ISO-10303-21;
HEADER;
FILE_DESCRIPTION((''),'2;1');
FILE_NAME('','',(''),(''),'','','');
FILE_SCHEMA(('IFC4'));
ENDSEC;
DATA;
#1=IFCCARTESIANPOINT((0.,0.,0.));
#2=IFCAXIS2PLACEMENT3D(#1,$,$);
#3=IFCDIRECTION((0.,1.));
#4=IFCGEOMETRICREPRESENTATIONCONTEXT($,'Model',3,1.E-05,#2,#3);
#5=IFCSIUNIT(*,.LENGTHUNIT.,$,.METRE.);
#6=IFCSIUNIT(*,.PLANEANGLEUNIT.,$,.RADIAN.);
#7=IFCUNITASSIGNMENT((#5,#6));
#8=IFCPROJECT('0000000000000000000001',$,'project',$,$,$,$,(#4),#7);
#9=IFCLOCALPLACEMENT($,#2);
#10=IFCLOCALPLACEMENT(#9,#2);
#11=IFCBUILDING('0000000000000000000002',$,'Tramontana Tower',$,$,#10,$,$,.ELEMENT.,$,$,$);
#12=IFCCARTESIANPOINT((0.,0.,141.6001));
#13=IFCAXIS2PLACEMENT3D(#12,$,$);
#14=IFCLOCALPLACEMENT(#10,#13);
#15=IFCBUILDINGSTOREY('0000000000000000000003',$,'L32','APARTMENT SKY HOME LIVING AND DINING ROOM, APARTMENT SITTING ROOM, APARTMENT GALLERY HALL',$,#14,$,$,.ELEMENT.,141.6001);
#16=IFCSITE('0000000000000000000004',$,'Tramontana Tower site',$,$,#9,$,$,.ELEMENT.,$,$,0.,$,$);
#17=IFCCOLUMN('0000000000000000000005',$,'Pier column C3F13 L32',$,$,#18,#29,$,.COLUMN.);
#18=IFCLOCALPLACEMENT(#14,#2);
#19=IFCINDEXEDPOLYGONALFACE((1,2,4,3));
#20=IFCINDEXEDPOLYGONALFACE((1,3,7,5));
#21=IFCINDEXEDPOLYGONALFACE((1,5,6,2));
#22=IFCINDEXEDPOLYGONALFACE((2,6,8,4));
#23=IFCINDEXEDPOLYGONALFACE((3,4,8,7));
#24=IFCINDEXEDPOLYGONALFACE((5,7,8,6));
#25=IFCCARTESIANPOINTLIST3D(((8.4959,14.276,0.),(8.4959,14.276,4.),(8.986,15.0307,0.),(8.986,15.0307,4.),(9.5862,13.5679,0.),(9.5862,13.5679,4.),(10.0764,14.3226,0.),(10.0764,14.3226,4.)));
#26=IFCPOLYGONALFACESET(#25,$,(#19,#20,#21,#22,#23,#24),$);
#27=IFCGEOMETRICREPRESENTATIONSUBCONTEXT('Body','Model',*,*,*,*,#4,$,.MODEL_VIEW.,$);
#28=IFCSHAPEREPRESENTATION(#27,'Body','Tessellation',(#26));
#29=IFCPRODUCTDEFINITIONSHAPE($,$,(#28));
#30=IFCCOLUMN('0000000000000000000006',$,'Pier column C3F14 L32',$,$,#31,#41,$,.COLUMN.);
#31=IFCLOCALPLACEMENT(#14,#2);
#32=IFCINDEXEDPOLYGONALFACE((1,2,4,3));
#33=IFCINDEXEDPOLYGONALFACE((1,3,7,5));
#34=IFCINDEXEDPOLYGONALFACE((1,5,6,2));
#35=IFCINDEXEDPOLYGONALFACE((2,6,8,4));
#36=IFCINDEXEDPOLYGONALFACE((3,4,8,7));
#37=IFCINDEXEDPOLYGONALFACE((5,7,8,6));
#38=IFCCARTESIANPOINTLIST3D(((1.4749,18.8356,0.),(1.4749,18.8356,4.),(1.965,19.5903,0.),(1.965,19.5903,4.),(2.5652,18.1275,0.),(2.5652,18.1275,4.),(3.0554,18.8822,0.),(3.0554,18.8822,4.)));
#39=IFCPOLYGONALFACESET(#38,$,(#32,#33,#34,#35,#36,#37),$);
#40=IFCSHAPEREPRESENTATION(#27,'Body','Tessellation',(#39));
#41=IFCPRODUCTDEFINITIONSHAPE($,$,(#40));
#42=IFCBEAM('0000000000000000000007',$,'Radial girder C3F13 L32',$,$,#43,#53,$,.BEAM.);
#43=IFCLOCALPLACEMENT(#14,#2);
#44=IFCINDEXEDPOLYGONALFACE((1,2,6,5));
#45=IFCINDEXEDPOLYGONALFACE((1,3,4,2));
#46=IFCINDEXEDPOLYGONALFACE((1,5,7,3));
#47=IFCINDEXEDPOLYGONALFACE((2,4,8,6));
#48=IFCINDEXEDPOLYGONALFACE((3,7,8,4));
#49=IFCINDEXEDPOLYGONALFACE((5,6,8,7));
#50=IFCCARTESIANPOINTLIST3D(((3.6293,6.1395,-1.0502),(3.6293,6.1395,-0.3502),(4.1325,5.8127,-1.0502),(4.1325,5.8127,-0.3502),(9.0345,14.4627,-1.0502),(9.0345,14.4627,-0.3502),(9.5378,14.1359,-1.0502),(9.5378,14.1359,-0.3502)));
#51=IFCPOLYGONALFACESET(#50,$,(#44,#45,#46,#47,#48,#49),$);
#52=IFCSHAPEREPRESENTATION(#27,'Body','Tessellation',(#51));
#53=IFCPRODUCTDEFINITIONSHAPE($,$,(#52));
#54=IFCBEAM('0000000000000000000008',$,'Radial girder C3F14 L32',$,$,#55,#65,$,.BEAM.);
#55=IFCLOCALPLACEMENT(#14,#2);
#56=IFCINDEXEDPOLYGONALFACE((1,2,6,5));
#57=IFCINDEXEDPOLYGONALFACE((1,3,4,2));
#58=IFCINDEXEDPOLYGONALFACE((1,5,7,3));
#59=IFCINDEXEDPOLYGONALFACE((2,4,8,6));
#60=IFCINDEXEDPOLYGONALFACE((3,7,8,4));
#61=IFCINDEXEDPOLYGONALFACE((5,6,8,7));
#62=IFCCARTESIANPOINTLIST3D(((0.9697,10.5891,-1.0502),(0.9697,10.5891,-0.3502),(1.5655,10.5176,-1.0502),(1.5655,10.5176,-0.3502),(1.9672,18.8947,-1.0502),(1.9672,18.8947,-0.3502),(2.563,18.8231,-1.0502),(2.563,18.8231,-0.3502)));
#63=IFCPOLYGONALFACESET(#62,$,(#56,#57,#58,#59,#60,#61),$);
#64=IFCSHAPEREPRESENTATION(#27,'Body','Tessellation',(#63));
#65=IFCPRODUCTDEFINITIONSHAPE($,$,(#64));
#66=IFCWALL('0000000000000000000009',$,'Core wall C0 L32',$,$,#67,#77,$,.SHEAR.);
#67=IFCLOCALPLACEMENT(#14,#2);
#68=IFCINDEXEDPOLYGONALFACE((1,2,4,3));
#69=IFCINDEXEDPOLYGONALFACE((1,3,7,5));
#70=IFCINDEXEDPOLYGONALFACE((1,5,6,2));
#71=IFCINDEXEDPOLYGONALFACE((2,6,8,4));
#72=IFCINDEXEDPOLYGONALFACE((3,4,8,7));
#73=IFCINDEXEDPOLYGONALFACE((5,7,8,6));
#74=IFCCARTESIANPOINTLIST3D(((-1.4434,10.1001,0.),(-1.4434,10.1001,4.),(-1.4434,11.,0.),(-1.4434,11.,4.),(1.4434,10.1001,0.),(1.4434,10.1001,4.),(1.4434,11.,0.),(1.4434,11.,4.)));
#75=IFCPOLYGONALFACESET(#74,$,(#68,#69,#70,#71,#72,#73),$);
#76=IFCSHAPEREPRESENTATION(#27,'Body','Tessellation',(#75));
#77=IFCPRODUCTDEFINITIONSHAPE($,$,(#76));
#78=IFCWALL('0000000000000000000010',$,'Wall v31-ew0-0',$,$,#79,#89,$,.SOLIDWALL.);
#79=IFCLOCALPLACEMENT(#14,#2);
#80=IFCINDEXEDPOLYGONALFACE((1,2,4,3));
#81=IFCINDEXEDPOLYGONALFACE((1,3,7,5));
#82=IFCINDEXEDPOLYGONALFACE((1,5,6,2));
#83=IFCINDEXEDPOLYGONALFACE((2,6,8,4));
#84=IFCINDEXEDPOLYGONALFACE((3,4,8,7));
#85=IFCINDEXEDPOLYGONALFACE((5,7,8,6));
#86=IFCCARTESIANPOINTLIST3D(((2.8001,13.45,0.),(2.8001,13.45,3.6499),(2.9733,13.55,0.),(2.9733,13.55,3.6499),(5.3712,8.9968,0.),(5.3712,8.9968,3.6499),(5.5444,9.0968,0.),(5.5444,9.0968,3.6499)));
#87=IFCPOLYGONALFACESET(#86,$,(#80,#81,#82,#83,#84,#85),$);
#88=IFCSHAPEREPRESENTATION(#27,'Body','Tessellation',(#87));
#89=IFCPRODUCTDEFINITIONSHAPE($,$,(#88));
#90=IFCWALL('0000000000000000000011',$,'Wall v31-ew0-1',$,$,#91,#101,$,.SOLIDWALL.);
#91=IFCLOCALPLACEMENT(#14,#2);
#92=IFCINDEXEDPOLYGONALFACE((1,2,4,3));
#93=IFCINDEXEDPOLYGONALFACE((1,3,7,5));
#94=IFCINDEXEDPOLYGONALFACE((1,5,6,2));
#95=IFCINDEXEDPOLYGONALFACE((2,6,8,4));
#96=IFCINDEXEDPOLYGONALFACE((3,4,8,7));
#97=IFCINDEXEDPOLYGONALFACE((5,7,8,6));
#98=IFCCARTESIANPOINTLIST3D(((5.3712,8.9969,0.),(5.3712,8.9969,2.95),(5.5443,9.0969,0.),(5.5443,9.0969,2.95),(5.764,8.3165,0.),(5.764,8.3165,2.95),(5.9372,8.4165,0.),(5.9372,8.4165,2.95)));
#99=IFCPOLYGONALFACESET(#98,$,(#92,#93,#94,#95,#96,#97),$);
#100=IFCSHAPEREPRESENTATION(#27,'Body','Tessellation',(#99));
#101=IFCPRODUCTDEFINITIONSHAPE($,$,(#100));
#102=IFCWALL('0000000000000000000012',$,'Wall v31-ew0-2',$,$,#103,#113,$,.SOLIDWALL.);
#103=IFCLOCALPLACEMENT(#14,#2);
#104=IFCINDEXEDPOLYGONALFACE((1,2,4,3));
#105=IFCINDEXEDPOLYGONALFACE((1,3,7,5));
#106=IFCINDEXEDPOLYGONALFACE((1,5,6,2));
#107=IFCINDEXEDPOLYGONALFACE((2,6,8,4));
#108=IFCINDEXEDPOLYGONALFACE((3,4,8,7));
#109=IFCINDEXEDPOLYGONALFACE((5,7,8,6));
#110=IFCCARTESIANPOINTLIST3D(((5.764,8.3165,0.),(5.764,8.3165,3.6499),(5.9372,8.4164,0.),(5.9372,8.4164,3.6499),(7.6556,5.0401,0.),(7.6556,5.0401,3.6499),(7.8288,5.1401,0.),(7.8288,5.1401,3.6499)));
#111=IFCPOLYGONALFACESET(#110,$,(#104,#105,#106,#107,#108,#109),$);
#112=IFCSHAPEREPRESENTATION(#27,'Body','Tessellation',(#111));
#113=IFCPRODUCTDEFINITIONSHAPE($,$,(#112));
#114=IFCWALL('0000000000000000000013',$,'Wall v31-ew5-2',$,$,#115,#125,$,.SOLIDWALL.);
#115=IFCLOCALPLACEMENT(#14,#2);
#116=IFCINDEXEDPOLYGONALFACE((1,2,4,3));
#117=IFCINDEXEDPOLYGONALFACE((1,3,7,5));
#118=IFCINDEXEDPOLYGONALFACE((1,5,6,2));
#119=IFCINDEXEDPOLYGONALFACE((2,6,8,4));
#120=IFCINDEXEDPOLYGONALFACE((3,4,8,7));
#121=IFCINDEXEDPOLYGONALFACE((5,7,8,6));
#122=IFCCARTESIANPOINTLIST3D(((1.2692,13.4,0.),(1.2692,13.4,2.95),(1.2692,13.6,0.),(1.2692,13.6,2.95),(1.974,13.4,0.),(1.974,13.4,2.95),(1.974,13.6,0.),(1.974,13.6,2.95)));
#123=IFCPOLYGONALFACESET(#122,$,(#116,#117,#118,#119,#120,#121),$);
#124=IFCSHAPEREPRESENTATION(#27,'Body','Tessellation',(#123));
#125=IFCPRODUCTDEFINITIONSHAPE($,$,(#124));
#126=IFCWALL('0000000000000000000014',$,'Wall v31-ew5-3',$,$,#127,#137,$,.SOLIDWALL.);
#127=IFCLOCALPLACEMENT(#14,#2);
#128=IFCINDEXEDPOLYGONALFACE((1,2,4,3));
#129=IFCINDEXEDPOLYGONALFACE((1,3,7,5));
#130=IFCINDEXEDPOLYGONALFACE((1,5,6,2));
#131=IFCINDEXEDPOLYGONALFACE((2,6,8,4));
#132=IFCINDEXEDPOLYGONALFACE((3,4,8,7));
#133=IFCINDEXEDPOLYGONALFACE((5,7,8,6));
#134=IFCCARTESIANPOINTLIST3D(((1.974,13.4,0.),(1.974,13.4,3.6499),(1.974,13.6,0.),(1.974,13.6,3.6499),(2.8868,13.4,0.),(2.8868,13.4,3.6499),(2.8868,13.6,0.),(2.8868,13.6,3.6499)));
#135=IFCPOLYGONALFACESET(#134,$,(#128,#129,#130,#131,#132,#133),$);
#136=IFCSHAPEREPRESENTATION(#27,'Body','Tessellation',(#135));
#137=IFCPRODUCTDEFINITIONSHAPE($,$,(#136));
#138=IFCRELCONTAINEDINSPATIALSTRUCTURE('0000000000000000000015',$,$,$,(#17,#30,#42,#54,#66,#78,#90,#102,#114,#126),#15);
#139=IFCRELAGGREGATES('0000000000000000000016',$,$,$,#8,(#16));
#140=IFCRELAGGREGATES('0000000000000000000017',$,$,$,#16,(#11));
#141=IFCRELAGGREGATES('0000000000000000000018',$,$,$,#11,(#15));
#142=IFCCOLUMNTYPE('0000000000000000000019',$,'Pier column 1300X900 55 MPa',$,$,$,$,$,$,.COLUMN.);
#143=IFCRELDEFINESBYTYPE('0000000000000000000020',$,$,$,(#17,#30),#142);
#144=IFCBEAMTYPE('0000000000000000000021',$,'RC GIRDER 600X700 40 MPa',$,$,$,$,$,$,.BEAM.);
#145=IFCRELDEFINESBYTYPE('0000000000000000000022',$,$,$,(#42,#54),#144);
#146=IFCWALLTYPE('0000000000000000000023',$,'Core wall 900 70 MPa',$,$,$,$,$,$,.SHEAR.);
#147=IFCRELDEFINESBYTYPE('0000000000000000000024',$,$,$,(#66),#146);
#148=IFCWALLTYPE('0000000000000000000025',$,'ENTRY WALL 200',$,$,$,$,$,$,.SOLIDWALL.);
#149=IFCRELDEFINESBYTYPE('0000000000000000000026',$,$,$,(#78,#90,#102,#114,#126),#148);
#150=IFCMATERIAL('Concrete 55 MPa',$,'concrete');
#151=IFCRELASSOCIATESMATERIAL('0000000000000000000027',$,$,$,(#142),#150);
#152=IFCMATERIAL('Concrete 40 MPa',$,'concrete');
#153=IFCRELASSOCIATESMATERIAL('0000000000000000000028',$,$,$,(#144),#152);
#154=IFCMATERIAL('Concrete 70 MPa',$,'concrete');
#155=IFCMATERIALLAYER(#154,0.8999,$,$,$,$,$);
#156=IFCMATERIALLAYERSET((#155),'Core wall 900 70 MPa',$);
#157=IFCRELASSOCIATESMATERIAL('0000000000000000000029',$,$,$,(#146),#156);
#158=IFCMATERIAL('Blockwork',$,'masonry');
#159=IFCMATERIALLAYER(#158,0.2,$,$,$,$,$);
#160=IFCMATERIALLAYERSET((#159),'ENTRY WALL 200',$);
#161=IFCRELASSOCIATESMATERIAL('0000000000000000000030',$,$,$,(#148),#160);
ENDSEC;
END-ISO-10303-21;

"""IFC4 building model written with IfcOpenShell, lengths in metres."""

from ifc_helpers import new_model, si_unit, direction, frame, frame_2d, origin, origin_2d, place, context, subcontext, project, spatial, rectangle, extrude, material, layer, layer_set, material_profile, profile_set, type_object, element, save


model = new_model("IFC4")

# Units and contexts
model_context = context("Model", 3, precision=1e-05, world=origin(), true_north=direction((0.0, 1.0)))
body_context = subcontext(model_context, "Body", "Model", "MODEL_VIEW")
ifc_project = project(units=[si_unit("LENGTHUNIT", "METRE"), si_unit("PLANEANGLEUNIT", "RADIAN")], contexts=[model_context])

# Site, building, storey
site_placement = place(None, origin())
site = spatial("IfcSite", under=ifc_project, at=site_placement, Name="Tramontana Tower site", CompositionType="ELEMENT", RefElevation=0.0)
building_placement = place(site_placement, origin())
building = spatial("IfcBuilding", under=site, at=building_placement, Name="Tramontana Tower", CompositionType="ELEMENT")
storey_placement = place(building_placement, frame((0.0, 0.0, 141.6001)))
storey = spatial("IfcBuildingStorey", under=building, at=storey_placement, Name="L32", Description="APARTMENT SKY HOME LIVING AND DINING ROOM, APARTMENT SITTING ROOM, APARTMENT GALLERY HALL", CompositionType="ELEMENT", Elevation=141.6001)

# Columns
ifc_material_1 = material(Name="Concrete 55 MPa", Category="concrete")
ifc_material_profile_1 = material_profile(ifc_material_1, rectangle(XDim=1.3, YDim=0.8999, at=origin_2d()), Name="Pier column 1300X900 55 MPa")
ifc_profile_set_1 = profile_set([ifc_material_profile_1], Name="Concrete 55 MPa")
column_type = type_object("IfcColumnType", Name="Pier column 1300X900 55 MPa", PredefinedType="COLUMN", material=ifc_profile_set_1)
for number, where, z_axis, x_axis, name in (
    (1, (9.2861, 14.2993, 0.0), (0.0, 0.0, 1.0), (-0.838671, 0.544639, 0.0), "Pier column C3F13 L32"),
    (2, (2.2651, 18.8589, 0.0), (0.0, 0.0, 1.0), (-0.838671, 0.544639, 0.0), "Pier column C3F14 L32"),
):
    element("IfcColumn", number, at=place(storey_placement, frame(where, z_axis=z_axis, x_axis=x_axis)), inside=storey, type_object=column_type, Name=name, PredefinedType="COLUMN", context=body_context, shape_type="SweptSolid", body=[
        extrude(rectangle(XDim=1.3, YDim=0.8999, at=origin_2d()), origin(), (0.0, 0.0, 1.0), 4.0),
    ])

# Beams
ifc_material_2 = material(Name="Concrete 40 MPa", Category="concrete")
ifc_material_profile_2 = material_profile(ifc_material_2, rectangle(XDim=0.6001, YDim=0.7, at=origin_2d()), Name="RC GIRDER 600X700 40 MPa")
ifc_profile_set_2 = profile_set([ifc_material_profile_2], Name="Concrete 40 MPa")
beam_type = type_object("IfcBeamType", Name="RC GIRDER 600X700 40 MPa", PredefinedType="BEAM", material=ifc_profile_set_2)
beam_1_placement = place(storey_placement, frame((9.2861, 14.2993, -0.7002), z_axis=(-0.544646, -0.838666, 0.0), x_axis=(0.838666, -0.544646, 0.0)))
element("IfcBeam", 3, at=beam_1_placement, inside=storey, type_object=beam_type, Name="Radial girder C3F13 L32", PredefinedType="BEAM", context=body_context, shape_type="SweptSolid", body=[
    extrude(rectangle(XDim=0.6001, YDim=0.7, at=origin_2d()), origin(), (0.0, 0.0, 1.0), 9.9243),
])
beam_2_placement = place(storey_placement, frame((2.2651, 18.8589, -0.7002), z_axis=(-0.119249, -0.992864, 0.0), x_axis=(0.992864, -0.119249, 0.0)))
element("IfcBeam", 4, at=beam_2_placement, inside=storey, type_object=beam_type, Name="Radial girder C3F14 L32", PredefinedType="BEAM", context=body_context, shape_type="SweptSolid", body=[
    extrude(rectangle(XDim=0.6001, YDim=0.7, at=origin_2d()), origin(), (0.0, 0.0, 1.0), 8.3652),
])

# Walls
ifc_material_3 = material(Name="Concrete 70 MPa", Category="concrete")
ifc_layer_1 = layer(ifc_material_3, 0.8999)
ifc_layer_set_1 = layer_set([ifc_layer_1], Name="Core wall 900 70 MPa")
wall_type_1 = type_object("IfcWallType", Name="Core wall 900 70 MPa", PredefinedType="SHEAR", material=ifc_layer_set_1)
wall_1_placement = place(storey_placement, frame((1.4434, 10.55, 0.0), z_axis=(0.0, 0.0, 1.0), x_axis=(-1.0, 0.0, 0.0)))
element("IfcWall", 5, at=wall_1_placement, inside=storey, type_object=wall_type_1, Name="Core wall C0 L32", PredefinedType="SHEAR", context=body_context, shape_type="SweptSolid", body=[
    extrude(rectangle(XDim=2.8867, YDim=0.8999, at=frame_2d((1.4434, 0.0))), origin(), (0.0, 0.0, 1.0), 4.0),
])
ifc_material_4 = material(Name="Blockwork", Category="masonry")
ifc_layer_2 = layer(ifc_material_4, 0.2)
ifc_layer_set_2 = layer_set([ifc_layer_2], Name="ENTRY WALL 200")
wall_type_2 = type_object("IfcWallType", Name="ENTRY WALL 200", PredefinedType="SOLIDWALL", material=ifc_layer_set_2)
wall_2_placement = place(storey_placement, frame((2.8867, 13.5, 0.0), z_axis=(0.0, 0.0, 1.0), x_axis=(0.500005, -0.866023, 0.0)))
element("IfcWall", 6, at=wall_2_placement, inside=storey, type_object=wall_type_2, Name="Wall v31-ew0-0", PredefinedType="SOLIDWALL", context=body_context, shape_type="SweptSolid", body=[
    extrude(rectangle(XDim=5.1421, YDim=0.2, at=frame_2d((2.571, 0.0))), origin(), (0.0, 0.0, 1.0), 3.6499),
])
wall_3_placement = place(storey_placement, frame((5.4578, 9.0469, 0.0), z_axis=(0.0, 0.0, 1.0), x_axis=(0.499982, -0.866036, 0.0)))
element("IfcWall", 7, at=wall_3_placement, inside=storey, type_object=wall_type_2, Name="Wall v31-ew0-1", PredefinedType="SOLIDWALL", context=body_context, shape_type="SweptSolid", body=[
    extrude(rectangle(XDim=0.7856, YDim=0.2, at=frame_2d((0.3928, 0.0))), origin(), (0.0, 0.0, 1.0), 2.95),
])
wall_4_placement = place(storey_placement, frame((5.8506, 8.3665, 0.0), z_axis=(0.0, 0.0, 1.0), x_axis=(0.499998, -0.866027, 0.0)))
element("IfcWall", 8, at=wall_4_placement, inside=storey, type_object=wall_type_2, Name="Wall v31-ew0-2", PredefinedType="SOLIDWALL", context=body_context, shape_type="SweptSolid", body=[
    extrude(rectangle(XDim=3.7832, YDim=0.2, at=frame_2d((1.8916, 0.0))), origin(), (0.0, 0.0, 1.0), 3.6499),
])
wall_5_placement = place(storey_placement, frame((1.269, 13.5, 0.0), z_axis=(0.0, 0.0, 1.0), x_axis=(1.0, 0.0, 0.0)))
element("IfcWall", 9, at=wall_5_placement, inside=storey, type_object=wall_type_2, Name="Wall v31-ew5-2", PredefinedType="SOLIDWALL", context=body_context, shape_type="SweptSolid", body=[
    extrude(rectangle(XDim=0.7048, YDim=0.2, at=frame_2d((0.3525, 0.0))), origin(), (0.0, 0.0, 1.0), 2.95),
])
wall_6_placement = place(storey_placement, frame((1.9739, 13.5, 0.0), z_axis=(0.0, 0.0, 1.0), x_axis=(1.0, 0.0, 0.0)))
element("IfcWall", 10, at=wall_6_placement, inside=storey, type_object=wall_type_2, Name="Wall v31-ew5-3", PredefinedType="SOLIDWALL", context=body_context, shape_type="SweptSolid", body=[
    extrude(rectangle(XDim=0.9128, YDim=0.2, at=frame_2d((0.4565, 0.0))), origin(), (0.0, 0.0, 1.0), 3.6499),
])

save(model, "model.ifc")
